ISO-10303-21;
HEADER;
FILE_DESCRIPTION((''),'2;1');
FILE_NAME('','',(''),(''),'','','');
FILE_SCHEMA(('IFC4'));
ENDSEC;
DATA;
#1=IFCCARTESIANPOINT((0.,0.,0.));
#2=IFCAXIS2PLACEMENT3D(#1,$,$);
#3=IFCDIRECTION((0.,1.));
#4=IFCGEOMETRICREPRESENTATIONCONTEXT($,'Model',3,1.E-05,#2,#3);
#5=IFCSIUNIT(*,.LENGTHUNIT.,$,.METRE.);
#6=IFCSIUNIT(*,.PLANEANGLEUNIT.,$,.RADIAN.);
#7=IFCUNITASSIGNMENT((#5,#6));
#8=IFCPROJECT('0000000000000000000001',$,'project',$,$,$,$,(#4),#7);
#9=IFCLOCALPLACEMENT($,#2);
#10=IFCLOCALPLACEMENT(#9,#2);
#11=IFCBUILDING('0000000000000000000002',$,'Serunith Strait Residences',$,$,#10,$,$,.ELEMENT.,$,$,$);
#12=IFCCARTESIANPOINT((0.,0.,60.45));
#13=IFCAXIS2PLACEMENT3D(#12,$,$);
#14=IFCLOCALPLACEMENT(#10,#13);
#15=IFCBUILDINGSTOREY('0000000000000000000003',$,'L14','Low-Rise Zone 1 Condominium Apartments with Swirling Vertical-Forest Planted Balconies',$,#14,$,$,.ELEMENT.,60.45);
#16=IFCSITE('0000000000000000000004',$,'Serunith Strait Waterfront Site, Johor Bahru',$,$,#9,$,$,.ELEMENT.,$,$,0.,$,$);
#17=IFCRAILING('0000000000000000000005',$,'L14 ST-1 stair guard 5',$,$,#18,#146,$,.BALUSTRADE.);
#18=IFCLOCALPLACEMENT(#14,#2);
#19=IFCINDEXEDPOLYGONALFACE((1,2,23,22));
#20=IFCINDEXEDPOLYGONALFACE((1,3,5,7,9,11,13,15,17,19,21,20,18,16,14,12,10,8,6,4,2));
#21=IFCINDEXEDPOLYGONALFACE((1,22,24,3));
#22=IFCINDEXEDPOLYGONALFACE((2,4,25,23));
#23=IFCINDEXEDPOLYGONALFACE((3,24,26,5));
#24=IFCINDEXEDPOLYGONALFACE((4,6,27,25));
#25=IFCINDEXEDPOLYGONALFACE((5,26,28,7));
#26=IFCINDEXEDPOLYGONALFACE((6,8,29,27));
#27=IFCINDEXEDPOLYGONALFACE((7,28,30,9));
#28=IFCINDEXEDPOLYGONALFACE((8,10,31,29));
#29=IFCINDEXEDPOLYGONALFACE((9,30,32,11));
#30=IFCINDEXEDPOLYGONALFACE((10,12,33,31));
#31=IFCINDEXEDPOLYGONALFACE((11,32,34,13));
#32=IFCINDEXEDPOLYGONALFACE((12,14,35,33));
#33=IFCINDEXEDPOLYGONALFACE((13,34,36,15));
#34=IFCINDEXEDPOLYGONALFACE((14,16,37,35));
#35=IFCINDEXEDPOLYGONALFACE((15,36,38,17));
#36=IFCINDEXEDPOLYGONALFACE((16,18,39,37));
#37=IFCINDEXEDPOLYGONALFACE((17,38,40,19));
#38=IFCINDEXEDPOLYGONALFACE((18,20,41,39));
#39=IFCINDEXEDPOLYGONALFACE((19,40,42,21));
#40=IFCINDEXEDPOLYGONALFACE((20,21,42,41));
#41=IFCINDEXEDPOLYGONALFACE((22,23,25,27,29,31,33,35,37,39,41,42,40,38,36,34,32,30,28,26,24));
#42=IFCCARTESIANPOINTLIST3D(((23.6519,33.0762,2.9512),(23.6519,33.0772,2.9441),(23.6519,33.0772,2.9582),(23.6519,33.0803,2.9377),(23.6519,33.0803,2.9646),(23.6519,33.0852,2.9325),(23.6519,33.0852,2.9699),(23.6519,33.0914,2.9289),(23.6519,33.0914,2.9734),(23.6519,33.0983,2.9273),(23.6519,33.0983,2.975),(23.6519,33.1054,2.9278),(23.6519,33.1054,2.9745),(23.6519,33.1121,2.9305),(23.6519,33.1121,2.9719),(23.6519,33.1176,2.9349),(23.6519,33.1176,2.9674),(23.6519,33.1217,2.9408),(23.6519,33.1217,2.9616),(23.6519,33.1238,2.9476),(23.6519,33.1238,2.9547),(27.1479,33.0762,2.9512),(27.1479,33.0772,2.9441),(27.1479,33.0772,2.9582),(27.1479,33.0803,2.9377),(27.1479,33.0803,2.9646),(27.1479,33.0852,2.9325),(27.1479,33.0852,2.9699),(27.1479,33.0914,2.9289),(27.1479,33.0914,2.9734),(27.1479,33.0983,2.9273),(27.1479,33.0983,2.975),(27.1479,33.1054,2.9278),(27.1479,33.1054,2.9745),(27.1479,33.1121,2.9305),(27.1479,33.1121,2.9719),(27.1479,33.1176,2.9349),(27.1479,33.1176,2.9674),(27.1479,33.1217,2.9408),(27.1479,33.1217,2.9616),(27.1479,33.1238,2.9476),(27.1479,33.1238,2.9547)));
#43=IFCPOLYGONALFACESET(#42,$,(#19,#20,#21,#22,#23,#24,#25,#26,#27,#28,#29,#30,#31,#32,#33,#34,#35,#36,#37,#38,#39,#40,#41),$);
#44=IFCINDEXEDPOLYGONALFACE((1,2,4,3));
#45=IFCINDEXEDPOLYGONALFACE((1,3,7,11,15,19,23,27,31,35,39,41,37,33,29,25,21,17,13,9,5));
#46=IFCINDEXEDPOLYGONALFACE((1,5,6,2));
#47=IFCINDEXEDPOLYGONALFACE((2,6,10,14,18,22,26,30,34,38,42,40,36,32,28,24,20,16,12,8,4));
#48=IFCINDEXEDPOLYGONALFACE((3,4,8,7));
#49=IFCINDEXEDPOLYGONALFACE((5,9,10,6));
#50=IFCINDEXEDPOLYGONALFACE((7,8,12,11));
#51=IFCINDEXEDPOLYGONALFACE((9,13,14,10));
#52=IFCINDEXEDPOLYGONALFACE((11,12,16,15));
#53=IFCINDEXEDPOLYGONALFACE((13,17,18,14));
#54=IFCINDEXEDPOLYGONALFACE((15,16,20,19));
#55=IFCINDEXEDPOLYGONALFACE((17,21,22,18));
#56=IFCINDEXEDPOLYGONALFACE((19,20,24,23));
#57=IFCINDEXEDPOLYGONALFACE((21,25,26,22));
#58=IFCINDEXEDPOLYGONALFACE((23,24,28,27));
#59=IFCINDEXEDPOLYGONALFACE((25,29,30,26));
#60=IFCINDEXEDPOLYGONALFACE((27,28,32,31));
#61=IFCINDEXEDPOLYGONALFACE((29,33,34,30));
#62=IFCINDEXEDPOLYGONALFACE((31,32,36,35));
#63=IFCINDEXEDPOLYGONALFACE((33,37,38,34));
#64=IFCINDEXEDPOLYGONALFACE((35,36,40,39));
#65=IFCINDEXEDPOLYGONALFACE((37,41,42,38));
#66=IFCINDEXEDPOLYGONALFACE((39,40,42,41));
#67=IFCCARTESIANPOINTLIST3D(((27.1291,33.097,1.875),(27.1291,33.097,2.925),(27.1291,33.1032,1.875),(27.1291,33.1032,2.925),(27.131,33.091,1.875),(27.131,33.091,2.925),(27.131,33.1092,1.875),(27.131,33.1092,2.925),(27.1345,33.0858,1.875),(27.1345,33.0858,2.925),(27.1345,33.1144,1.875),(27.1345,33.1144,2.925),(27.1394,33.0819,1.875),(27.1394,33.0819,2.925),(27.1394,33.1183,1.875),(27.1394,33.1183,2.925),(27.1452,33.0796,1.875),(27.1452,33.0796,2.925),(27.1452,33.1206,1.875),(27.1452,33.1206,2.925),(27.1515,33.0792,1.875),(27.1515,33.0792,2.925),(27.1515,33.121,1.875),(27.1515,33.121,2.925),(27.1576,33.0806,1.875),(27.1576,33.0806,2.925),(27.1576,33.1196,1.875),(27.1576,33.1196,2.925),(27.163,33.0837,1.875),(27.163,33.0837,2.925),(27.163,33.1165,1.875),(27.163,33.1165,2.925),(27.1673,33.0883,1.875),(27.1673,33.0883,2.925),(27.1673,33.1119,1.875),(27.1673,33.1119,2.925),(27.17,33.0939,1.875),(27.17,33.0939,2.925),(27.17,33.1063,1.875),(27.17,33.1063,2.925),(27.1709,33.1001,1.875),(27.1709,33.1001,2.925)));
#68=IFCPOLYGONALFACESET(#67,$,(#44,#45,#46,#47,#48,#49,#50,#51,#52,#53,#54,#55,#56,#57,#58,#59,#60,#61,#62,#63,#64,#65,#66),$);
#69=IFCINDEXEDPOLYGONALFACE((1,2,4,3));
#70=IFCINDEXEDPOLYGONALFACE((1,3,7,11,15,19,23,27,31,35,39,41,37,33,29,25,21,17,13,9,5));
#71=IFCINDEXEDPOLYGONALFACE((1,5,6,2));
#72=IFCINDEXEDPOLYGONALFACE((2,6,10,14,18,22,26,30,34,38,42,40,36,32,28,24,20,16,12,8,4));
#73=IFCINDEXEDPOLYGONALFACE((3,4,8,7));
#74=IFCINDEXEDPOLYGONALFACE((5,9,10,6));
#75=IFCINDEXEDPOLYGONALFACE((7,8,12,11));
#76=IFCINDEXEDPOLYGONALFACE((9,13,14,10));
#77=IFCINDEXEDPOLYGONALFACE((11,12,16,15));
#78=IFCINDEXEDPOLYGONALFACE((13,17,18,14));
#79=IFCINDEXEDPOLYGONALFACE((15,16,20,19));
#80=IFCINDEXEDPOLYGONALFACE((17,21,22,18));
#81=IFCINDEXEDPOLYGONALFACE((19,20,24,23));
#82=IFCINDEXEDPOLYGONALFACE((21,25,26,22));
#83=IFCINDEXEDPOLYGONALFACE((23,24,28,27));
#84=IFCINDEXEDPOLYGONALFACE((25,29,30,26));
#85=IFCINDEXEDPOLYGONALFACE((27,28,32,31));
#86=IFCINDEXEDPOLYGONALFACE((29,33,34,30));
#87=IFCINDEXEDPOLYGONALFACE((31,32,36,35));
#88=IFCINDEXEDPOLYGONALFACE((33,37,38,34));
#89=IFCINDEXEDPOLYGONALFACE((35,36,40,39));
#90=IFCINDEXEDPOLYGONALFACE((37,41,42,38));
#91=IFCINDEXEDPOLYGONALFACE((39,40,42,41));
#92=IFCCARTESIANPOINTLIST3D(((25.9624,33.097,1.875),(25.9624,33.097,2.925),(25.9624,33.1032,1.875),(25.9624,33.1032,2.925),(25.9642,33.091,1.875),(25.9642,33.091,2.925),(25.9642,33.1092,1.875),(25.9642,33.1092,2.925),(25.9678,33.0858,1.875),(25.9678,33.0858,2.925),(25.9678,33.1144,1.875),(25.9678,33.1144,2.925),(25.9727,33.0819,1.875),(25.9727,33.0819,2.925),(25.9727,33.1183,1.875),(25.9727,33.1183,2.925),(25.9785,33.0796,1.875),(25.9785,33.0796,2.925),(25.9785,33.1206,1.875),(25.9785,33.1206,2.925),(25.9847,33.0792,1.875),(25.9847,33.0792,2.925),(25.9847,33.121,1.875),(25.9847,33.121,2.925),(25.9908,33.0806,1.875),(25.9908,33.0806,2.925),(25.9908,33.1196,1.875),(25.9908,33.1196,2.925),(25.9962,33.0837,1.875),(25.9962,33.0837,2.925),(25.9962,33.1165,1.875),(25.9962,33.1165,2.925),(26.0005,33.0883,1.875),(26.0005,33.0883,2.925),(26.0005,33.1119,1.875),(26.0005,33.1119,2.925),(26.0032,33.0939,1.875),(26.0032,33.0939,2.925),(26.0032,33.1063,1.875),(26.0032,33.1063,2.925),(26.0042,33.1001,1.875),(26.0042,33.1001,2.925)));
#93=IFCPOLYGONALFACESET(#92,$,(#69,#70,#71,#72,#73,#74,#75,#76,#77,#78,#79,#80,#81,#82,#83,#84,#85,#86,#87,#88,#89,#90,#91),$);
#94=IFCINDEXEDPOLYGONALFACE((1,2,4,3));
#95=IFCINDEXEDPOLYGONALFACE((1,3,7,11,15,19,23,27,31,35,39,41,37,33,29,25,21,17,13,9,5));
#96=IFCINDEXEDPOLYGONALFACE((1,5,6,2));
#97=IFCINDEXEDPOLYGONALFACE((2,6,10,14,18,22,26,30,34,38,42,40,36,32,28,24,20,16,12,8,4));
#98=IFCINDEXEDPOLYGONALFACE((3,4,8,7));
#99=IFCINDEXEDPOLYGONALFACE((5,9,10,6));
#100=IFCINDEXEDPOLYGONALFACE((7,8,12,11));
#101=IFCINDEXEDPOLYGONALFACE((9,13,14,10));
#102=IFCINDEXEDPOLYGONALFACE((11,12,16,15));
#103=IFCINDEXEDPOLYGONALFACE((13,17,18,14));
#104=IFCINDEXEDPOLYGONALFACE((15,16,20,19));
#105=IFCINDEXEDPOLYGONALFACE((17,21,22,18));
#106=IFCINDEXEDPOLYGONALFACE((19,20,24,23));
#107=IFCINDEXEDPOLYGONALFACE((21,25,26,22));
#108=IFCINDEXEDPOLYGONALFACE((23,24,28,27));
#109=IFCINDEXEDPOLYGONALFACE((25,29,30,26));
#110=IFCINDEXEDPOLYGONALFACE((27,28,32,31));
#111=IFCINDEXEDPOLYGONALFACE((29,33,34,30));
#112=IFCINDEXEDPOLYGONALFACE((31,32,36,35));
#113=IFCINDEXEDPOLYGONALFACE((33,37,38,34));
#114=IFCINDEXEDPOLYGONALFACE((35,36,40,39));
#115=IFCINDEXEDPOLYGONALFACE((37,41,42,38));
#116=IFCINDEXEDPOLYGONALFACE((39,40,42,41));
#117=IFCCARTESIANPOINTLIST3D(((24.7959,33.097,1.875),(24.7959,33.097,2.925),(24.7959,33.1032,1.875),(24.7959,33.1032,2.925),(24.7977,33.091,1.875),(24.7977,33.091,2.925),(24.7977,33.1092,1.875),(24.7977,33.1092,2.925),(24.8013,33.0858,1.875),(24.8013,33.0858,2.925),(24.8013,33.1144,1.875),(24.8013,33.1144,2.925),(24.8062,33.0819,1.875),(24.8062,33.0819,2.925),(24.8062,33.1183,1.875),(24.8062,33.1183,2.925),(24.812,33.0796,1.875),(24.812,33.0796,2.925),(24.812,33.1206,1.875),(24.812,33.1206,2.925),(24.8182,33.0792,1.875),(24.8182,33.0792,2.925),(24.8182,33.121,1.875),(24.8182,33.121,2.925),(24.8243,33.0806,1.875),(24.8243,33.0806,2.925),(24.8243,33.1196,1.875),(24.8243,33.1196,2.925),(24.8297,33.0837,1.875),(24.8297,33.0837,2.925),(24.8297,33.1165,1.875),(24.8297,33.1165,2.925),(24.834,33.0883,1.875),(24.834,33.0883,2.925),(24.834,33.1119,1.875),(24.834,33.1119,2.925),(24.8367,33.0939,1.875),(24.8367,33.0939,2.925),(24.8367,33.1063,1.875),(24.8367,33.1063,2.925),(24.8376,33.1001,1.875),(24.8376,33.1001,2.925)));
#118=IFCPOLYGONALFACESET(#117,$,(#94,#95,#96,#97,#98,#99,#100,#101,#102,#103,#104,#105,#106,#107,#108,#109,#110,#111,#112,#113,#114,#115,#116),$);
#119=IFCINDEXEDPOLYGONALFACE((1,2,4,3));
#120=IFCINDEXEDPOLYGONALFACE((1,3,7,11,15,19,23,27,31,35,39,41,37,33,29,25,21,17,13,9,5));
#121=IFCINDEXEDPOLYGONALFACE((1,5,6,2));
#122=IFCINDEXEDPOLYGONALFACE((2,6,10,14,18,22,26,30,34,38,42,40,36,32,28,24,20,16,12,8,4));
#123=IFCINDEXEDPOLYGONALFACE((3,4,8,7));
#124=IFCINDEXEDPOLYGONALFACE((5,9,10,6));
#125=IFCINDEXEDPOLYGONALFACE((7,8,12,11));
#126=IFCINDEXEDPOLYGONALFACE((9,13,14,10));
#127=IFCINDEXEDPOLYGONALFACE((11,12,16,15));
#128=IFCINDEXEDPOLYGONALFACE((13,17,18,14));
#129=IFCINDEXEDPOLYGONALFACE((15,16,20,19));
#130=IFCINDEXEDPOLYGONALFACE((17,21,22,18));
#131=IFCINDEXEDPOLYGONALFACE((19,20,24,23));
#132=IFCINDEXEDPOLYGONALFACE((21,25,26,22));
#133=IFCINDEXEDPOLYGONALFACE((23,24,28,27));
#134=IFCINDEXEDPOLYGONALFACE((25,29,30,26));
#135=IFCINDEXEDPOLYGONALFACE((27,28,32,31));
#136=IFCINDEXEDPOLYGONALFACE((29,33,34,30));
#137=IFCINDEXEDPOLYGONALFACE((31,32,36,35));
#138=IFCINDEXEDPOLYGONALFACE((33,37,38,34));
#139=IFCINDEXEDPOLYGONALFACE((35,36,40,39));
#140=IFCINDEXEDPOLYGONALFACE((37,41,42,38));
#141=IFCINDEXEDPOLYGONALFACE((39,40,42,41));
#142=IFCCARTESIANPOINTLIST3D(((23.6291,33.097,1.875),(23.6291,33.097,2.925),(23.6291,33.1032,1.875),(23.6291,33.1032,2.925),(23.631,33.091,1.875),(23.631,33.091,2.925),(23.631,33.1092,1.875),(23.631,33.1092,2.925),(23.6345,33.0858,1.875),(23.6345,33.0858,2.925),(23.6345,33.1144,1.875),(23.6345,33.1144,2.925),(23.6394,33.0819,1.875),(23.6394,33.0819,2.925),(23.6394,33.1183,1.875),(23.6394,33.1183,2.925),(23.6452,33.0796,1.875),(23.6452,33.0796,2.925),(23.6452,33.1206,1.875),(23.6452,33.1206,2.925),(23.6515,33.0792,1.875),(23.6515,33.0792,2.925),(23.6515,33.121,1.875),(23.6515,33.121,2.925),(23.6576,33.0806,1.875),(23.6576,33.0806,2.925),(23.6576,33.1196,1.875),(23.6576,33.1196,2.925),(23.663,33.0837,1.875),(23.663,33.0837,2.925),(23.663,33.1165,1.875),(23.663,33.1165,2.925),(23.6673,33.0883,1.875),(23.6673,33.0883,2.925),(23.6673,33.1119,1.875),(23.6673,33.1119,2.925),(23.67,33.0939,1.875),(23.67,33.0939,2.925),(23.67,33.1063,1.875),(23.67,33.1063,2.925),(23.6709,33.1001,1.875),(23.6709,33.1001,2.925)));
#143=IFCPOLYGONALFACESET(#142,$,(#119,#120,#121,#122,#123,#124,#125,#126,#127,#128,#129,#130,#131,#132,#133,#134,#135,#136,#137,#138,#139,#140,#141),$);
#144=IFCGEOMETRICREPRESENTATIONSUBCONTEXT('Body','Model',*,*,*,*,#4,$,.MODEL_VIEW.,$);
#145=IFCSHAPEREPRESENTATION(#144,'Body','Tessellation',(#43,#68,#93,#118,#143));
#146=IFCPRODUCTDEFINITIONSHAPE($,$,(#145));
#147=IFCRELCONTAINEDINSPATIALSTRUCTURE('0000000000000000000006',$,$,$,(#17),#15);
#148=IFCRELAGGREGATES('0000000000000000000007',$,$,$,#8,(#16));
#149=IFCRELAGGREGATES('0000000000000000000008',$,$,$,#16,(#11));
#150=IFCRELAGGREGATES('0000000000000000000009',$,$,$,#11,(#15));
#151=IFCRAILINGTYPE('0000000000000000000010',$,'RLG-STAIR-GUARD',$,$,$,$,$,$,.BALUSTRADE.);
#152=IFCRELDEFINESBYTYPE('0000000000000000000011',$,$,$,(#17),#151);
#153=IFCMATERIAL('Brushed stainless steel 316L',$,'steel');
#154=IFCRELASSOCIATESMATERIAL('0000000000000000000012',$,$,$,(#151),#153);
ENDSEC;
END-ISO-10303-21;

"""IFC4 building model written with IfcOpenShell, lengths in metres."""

from ifc_helpers import new_model, si_unit, direction, frame, origin, origin_2d, place, context, subcontext, project, spatial, circle, extrude, material, type_object, element, save


model = new_model("IFC4")

# Units and contexts
model_context = context("Model", 3, precision=1e-05, world=origin(), true_north=direction((0.0, 1.0)))
body_context = subcontext(model_context, "Body", "Model", "MODEL_VIEW")
ifc_project = project(units=[si_unit("LENGTHUNIT", "METRE"), si_unit("PLANEANGLEUNIT", "RADIAN")], contexts=[model_context])

# Site, building, storey
site_placement = place(None, origin())
site = spatial("IfcSite", under=ifc_project, at=site_placement, Name="Serunith Strait Waterfront Site, Johor Bahru", CompositionType="ELEMENT", RefElevation=0.0)
building_placement = place(site_placement, origin())
building = spatial("IfcBuilding", under=site, at=building_placement, Name="Serunith Strait Residences", CompositionType="ELEMENT")
storey_placement = place(building_placement, frame((0.0, 0.0, 60.45)))
storey = spatial("IfcBuildingStorey", under=building, at=storey_placement, Name="L14", Description="Low-Rise Zone 1 Condominium Apartments with Swirling Vertical-Forest Planted Balconies", CompositionType="ELEMENT", Elevation=60.45)

# Railing
ifc_material_1 = material(Name="Brushed stainless steel 316L", Category="steel")
railing_type_1 = type_object("IfcRailingType", Name="RLG-STAIR-GUARD", PredefinedType="BALUSTRADE", material=ifc_material_1)
railing_1_placement = place(storey_placement, frame((27.1499, 33.1001, 1.875)))
element("IfcRailing", 1, at=railing_1_placement, inside=storey, type_object=railing_type_1, Name="L14 ST-1 stair guard 5", PredefinedType="BALUSTRADE", context=body_context, shape_type="SweptSolid", body=[
    extrude(circle(Radius=0.0239, at=origin_2d()), frame((-0.002, 0.0, 1.0762), z_axis=(-1.0, 0.0, 0.0), x_axis=(0.0, -1.0, 0.0)), (0.0, 0.0, 1.0), 3.4961),
    extrude(circle(Radius=0.021, at=origin_2d()), origin(), (0.0, 0.0, 1.0), 1.05),
    extrude(circle(Radius=0.021, at=origin_2d()), frame((-1.1667, 0.0, 0.0)), (0.0, 0.0, 1.0), 1.05),
    extrude(circle(Radius=0.021, at=origin_2d()), frame((-2.3333, 0.0, 0.0)), (0.0, 0.0, 1.0), 1.05),
    extrude(circle(Radius=0.021, at=origin_2d()), frame((-3.5, 0.0, 0.0)), (0.0, 0.0, 1.0), 1.05),
])

save(model, "model.ifc")
